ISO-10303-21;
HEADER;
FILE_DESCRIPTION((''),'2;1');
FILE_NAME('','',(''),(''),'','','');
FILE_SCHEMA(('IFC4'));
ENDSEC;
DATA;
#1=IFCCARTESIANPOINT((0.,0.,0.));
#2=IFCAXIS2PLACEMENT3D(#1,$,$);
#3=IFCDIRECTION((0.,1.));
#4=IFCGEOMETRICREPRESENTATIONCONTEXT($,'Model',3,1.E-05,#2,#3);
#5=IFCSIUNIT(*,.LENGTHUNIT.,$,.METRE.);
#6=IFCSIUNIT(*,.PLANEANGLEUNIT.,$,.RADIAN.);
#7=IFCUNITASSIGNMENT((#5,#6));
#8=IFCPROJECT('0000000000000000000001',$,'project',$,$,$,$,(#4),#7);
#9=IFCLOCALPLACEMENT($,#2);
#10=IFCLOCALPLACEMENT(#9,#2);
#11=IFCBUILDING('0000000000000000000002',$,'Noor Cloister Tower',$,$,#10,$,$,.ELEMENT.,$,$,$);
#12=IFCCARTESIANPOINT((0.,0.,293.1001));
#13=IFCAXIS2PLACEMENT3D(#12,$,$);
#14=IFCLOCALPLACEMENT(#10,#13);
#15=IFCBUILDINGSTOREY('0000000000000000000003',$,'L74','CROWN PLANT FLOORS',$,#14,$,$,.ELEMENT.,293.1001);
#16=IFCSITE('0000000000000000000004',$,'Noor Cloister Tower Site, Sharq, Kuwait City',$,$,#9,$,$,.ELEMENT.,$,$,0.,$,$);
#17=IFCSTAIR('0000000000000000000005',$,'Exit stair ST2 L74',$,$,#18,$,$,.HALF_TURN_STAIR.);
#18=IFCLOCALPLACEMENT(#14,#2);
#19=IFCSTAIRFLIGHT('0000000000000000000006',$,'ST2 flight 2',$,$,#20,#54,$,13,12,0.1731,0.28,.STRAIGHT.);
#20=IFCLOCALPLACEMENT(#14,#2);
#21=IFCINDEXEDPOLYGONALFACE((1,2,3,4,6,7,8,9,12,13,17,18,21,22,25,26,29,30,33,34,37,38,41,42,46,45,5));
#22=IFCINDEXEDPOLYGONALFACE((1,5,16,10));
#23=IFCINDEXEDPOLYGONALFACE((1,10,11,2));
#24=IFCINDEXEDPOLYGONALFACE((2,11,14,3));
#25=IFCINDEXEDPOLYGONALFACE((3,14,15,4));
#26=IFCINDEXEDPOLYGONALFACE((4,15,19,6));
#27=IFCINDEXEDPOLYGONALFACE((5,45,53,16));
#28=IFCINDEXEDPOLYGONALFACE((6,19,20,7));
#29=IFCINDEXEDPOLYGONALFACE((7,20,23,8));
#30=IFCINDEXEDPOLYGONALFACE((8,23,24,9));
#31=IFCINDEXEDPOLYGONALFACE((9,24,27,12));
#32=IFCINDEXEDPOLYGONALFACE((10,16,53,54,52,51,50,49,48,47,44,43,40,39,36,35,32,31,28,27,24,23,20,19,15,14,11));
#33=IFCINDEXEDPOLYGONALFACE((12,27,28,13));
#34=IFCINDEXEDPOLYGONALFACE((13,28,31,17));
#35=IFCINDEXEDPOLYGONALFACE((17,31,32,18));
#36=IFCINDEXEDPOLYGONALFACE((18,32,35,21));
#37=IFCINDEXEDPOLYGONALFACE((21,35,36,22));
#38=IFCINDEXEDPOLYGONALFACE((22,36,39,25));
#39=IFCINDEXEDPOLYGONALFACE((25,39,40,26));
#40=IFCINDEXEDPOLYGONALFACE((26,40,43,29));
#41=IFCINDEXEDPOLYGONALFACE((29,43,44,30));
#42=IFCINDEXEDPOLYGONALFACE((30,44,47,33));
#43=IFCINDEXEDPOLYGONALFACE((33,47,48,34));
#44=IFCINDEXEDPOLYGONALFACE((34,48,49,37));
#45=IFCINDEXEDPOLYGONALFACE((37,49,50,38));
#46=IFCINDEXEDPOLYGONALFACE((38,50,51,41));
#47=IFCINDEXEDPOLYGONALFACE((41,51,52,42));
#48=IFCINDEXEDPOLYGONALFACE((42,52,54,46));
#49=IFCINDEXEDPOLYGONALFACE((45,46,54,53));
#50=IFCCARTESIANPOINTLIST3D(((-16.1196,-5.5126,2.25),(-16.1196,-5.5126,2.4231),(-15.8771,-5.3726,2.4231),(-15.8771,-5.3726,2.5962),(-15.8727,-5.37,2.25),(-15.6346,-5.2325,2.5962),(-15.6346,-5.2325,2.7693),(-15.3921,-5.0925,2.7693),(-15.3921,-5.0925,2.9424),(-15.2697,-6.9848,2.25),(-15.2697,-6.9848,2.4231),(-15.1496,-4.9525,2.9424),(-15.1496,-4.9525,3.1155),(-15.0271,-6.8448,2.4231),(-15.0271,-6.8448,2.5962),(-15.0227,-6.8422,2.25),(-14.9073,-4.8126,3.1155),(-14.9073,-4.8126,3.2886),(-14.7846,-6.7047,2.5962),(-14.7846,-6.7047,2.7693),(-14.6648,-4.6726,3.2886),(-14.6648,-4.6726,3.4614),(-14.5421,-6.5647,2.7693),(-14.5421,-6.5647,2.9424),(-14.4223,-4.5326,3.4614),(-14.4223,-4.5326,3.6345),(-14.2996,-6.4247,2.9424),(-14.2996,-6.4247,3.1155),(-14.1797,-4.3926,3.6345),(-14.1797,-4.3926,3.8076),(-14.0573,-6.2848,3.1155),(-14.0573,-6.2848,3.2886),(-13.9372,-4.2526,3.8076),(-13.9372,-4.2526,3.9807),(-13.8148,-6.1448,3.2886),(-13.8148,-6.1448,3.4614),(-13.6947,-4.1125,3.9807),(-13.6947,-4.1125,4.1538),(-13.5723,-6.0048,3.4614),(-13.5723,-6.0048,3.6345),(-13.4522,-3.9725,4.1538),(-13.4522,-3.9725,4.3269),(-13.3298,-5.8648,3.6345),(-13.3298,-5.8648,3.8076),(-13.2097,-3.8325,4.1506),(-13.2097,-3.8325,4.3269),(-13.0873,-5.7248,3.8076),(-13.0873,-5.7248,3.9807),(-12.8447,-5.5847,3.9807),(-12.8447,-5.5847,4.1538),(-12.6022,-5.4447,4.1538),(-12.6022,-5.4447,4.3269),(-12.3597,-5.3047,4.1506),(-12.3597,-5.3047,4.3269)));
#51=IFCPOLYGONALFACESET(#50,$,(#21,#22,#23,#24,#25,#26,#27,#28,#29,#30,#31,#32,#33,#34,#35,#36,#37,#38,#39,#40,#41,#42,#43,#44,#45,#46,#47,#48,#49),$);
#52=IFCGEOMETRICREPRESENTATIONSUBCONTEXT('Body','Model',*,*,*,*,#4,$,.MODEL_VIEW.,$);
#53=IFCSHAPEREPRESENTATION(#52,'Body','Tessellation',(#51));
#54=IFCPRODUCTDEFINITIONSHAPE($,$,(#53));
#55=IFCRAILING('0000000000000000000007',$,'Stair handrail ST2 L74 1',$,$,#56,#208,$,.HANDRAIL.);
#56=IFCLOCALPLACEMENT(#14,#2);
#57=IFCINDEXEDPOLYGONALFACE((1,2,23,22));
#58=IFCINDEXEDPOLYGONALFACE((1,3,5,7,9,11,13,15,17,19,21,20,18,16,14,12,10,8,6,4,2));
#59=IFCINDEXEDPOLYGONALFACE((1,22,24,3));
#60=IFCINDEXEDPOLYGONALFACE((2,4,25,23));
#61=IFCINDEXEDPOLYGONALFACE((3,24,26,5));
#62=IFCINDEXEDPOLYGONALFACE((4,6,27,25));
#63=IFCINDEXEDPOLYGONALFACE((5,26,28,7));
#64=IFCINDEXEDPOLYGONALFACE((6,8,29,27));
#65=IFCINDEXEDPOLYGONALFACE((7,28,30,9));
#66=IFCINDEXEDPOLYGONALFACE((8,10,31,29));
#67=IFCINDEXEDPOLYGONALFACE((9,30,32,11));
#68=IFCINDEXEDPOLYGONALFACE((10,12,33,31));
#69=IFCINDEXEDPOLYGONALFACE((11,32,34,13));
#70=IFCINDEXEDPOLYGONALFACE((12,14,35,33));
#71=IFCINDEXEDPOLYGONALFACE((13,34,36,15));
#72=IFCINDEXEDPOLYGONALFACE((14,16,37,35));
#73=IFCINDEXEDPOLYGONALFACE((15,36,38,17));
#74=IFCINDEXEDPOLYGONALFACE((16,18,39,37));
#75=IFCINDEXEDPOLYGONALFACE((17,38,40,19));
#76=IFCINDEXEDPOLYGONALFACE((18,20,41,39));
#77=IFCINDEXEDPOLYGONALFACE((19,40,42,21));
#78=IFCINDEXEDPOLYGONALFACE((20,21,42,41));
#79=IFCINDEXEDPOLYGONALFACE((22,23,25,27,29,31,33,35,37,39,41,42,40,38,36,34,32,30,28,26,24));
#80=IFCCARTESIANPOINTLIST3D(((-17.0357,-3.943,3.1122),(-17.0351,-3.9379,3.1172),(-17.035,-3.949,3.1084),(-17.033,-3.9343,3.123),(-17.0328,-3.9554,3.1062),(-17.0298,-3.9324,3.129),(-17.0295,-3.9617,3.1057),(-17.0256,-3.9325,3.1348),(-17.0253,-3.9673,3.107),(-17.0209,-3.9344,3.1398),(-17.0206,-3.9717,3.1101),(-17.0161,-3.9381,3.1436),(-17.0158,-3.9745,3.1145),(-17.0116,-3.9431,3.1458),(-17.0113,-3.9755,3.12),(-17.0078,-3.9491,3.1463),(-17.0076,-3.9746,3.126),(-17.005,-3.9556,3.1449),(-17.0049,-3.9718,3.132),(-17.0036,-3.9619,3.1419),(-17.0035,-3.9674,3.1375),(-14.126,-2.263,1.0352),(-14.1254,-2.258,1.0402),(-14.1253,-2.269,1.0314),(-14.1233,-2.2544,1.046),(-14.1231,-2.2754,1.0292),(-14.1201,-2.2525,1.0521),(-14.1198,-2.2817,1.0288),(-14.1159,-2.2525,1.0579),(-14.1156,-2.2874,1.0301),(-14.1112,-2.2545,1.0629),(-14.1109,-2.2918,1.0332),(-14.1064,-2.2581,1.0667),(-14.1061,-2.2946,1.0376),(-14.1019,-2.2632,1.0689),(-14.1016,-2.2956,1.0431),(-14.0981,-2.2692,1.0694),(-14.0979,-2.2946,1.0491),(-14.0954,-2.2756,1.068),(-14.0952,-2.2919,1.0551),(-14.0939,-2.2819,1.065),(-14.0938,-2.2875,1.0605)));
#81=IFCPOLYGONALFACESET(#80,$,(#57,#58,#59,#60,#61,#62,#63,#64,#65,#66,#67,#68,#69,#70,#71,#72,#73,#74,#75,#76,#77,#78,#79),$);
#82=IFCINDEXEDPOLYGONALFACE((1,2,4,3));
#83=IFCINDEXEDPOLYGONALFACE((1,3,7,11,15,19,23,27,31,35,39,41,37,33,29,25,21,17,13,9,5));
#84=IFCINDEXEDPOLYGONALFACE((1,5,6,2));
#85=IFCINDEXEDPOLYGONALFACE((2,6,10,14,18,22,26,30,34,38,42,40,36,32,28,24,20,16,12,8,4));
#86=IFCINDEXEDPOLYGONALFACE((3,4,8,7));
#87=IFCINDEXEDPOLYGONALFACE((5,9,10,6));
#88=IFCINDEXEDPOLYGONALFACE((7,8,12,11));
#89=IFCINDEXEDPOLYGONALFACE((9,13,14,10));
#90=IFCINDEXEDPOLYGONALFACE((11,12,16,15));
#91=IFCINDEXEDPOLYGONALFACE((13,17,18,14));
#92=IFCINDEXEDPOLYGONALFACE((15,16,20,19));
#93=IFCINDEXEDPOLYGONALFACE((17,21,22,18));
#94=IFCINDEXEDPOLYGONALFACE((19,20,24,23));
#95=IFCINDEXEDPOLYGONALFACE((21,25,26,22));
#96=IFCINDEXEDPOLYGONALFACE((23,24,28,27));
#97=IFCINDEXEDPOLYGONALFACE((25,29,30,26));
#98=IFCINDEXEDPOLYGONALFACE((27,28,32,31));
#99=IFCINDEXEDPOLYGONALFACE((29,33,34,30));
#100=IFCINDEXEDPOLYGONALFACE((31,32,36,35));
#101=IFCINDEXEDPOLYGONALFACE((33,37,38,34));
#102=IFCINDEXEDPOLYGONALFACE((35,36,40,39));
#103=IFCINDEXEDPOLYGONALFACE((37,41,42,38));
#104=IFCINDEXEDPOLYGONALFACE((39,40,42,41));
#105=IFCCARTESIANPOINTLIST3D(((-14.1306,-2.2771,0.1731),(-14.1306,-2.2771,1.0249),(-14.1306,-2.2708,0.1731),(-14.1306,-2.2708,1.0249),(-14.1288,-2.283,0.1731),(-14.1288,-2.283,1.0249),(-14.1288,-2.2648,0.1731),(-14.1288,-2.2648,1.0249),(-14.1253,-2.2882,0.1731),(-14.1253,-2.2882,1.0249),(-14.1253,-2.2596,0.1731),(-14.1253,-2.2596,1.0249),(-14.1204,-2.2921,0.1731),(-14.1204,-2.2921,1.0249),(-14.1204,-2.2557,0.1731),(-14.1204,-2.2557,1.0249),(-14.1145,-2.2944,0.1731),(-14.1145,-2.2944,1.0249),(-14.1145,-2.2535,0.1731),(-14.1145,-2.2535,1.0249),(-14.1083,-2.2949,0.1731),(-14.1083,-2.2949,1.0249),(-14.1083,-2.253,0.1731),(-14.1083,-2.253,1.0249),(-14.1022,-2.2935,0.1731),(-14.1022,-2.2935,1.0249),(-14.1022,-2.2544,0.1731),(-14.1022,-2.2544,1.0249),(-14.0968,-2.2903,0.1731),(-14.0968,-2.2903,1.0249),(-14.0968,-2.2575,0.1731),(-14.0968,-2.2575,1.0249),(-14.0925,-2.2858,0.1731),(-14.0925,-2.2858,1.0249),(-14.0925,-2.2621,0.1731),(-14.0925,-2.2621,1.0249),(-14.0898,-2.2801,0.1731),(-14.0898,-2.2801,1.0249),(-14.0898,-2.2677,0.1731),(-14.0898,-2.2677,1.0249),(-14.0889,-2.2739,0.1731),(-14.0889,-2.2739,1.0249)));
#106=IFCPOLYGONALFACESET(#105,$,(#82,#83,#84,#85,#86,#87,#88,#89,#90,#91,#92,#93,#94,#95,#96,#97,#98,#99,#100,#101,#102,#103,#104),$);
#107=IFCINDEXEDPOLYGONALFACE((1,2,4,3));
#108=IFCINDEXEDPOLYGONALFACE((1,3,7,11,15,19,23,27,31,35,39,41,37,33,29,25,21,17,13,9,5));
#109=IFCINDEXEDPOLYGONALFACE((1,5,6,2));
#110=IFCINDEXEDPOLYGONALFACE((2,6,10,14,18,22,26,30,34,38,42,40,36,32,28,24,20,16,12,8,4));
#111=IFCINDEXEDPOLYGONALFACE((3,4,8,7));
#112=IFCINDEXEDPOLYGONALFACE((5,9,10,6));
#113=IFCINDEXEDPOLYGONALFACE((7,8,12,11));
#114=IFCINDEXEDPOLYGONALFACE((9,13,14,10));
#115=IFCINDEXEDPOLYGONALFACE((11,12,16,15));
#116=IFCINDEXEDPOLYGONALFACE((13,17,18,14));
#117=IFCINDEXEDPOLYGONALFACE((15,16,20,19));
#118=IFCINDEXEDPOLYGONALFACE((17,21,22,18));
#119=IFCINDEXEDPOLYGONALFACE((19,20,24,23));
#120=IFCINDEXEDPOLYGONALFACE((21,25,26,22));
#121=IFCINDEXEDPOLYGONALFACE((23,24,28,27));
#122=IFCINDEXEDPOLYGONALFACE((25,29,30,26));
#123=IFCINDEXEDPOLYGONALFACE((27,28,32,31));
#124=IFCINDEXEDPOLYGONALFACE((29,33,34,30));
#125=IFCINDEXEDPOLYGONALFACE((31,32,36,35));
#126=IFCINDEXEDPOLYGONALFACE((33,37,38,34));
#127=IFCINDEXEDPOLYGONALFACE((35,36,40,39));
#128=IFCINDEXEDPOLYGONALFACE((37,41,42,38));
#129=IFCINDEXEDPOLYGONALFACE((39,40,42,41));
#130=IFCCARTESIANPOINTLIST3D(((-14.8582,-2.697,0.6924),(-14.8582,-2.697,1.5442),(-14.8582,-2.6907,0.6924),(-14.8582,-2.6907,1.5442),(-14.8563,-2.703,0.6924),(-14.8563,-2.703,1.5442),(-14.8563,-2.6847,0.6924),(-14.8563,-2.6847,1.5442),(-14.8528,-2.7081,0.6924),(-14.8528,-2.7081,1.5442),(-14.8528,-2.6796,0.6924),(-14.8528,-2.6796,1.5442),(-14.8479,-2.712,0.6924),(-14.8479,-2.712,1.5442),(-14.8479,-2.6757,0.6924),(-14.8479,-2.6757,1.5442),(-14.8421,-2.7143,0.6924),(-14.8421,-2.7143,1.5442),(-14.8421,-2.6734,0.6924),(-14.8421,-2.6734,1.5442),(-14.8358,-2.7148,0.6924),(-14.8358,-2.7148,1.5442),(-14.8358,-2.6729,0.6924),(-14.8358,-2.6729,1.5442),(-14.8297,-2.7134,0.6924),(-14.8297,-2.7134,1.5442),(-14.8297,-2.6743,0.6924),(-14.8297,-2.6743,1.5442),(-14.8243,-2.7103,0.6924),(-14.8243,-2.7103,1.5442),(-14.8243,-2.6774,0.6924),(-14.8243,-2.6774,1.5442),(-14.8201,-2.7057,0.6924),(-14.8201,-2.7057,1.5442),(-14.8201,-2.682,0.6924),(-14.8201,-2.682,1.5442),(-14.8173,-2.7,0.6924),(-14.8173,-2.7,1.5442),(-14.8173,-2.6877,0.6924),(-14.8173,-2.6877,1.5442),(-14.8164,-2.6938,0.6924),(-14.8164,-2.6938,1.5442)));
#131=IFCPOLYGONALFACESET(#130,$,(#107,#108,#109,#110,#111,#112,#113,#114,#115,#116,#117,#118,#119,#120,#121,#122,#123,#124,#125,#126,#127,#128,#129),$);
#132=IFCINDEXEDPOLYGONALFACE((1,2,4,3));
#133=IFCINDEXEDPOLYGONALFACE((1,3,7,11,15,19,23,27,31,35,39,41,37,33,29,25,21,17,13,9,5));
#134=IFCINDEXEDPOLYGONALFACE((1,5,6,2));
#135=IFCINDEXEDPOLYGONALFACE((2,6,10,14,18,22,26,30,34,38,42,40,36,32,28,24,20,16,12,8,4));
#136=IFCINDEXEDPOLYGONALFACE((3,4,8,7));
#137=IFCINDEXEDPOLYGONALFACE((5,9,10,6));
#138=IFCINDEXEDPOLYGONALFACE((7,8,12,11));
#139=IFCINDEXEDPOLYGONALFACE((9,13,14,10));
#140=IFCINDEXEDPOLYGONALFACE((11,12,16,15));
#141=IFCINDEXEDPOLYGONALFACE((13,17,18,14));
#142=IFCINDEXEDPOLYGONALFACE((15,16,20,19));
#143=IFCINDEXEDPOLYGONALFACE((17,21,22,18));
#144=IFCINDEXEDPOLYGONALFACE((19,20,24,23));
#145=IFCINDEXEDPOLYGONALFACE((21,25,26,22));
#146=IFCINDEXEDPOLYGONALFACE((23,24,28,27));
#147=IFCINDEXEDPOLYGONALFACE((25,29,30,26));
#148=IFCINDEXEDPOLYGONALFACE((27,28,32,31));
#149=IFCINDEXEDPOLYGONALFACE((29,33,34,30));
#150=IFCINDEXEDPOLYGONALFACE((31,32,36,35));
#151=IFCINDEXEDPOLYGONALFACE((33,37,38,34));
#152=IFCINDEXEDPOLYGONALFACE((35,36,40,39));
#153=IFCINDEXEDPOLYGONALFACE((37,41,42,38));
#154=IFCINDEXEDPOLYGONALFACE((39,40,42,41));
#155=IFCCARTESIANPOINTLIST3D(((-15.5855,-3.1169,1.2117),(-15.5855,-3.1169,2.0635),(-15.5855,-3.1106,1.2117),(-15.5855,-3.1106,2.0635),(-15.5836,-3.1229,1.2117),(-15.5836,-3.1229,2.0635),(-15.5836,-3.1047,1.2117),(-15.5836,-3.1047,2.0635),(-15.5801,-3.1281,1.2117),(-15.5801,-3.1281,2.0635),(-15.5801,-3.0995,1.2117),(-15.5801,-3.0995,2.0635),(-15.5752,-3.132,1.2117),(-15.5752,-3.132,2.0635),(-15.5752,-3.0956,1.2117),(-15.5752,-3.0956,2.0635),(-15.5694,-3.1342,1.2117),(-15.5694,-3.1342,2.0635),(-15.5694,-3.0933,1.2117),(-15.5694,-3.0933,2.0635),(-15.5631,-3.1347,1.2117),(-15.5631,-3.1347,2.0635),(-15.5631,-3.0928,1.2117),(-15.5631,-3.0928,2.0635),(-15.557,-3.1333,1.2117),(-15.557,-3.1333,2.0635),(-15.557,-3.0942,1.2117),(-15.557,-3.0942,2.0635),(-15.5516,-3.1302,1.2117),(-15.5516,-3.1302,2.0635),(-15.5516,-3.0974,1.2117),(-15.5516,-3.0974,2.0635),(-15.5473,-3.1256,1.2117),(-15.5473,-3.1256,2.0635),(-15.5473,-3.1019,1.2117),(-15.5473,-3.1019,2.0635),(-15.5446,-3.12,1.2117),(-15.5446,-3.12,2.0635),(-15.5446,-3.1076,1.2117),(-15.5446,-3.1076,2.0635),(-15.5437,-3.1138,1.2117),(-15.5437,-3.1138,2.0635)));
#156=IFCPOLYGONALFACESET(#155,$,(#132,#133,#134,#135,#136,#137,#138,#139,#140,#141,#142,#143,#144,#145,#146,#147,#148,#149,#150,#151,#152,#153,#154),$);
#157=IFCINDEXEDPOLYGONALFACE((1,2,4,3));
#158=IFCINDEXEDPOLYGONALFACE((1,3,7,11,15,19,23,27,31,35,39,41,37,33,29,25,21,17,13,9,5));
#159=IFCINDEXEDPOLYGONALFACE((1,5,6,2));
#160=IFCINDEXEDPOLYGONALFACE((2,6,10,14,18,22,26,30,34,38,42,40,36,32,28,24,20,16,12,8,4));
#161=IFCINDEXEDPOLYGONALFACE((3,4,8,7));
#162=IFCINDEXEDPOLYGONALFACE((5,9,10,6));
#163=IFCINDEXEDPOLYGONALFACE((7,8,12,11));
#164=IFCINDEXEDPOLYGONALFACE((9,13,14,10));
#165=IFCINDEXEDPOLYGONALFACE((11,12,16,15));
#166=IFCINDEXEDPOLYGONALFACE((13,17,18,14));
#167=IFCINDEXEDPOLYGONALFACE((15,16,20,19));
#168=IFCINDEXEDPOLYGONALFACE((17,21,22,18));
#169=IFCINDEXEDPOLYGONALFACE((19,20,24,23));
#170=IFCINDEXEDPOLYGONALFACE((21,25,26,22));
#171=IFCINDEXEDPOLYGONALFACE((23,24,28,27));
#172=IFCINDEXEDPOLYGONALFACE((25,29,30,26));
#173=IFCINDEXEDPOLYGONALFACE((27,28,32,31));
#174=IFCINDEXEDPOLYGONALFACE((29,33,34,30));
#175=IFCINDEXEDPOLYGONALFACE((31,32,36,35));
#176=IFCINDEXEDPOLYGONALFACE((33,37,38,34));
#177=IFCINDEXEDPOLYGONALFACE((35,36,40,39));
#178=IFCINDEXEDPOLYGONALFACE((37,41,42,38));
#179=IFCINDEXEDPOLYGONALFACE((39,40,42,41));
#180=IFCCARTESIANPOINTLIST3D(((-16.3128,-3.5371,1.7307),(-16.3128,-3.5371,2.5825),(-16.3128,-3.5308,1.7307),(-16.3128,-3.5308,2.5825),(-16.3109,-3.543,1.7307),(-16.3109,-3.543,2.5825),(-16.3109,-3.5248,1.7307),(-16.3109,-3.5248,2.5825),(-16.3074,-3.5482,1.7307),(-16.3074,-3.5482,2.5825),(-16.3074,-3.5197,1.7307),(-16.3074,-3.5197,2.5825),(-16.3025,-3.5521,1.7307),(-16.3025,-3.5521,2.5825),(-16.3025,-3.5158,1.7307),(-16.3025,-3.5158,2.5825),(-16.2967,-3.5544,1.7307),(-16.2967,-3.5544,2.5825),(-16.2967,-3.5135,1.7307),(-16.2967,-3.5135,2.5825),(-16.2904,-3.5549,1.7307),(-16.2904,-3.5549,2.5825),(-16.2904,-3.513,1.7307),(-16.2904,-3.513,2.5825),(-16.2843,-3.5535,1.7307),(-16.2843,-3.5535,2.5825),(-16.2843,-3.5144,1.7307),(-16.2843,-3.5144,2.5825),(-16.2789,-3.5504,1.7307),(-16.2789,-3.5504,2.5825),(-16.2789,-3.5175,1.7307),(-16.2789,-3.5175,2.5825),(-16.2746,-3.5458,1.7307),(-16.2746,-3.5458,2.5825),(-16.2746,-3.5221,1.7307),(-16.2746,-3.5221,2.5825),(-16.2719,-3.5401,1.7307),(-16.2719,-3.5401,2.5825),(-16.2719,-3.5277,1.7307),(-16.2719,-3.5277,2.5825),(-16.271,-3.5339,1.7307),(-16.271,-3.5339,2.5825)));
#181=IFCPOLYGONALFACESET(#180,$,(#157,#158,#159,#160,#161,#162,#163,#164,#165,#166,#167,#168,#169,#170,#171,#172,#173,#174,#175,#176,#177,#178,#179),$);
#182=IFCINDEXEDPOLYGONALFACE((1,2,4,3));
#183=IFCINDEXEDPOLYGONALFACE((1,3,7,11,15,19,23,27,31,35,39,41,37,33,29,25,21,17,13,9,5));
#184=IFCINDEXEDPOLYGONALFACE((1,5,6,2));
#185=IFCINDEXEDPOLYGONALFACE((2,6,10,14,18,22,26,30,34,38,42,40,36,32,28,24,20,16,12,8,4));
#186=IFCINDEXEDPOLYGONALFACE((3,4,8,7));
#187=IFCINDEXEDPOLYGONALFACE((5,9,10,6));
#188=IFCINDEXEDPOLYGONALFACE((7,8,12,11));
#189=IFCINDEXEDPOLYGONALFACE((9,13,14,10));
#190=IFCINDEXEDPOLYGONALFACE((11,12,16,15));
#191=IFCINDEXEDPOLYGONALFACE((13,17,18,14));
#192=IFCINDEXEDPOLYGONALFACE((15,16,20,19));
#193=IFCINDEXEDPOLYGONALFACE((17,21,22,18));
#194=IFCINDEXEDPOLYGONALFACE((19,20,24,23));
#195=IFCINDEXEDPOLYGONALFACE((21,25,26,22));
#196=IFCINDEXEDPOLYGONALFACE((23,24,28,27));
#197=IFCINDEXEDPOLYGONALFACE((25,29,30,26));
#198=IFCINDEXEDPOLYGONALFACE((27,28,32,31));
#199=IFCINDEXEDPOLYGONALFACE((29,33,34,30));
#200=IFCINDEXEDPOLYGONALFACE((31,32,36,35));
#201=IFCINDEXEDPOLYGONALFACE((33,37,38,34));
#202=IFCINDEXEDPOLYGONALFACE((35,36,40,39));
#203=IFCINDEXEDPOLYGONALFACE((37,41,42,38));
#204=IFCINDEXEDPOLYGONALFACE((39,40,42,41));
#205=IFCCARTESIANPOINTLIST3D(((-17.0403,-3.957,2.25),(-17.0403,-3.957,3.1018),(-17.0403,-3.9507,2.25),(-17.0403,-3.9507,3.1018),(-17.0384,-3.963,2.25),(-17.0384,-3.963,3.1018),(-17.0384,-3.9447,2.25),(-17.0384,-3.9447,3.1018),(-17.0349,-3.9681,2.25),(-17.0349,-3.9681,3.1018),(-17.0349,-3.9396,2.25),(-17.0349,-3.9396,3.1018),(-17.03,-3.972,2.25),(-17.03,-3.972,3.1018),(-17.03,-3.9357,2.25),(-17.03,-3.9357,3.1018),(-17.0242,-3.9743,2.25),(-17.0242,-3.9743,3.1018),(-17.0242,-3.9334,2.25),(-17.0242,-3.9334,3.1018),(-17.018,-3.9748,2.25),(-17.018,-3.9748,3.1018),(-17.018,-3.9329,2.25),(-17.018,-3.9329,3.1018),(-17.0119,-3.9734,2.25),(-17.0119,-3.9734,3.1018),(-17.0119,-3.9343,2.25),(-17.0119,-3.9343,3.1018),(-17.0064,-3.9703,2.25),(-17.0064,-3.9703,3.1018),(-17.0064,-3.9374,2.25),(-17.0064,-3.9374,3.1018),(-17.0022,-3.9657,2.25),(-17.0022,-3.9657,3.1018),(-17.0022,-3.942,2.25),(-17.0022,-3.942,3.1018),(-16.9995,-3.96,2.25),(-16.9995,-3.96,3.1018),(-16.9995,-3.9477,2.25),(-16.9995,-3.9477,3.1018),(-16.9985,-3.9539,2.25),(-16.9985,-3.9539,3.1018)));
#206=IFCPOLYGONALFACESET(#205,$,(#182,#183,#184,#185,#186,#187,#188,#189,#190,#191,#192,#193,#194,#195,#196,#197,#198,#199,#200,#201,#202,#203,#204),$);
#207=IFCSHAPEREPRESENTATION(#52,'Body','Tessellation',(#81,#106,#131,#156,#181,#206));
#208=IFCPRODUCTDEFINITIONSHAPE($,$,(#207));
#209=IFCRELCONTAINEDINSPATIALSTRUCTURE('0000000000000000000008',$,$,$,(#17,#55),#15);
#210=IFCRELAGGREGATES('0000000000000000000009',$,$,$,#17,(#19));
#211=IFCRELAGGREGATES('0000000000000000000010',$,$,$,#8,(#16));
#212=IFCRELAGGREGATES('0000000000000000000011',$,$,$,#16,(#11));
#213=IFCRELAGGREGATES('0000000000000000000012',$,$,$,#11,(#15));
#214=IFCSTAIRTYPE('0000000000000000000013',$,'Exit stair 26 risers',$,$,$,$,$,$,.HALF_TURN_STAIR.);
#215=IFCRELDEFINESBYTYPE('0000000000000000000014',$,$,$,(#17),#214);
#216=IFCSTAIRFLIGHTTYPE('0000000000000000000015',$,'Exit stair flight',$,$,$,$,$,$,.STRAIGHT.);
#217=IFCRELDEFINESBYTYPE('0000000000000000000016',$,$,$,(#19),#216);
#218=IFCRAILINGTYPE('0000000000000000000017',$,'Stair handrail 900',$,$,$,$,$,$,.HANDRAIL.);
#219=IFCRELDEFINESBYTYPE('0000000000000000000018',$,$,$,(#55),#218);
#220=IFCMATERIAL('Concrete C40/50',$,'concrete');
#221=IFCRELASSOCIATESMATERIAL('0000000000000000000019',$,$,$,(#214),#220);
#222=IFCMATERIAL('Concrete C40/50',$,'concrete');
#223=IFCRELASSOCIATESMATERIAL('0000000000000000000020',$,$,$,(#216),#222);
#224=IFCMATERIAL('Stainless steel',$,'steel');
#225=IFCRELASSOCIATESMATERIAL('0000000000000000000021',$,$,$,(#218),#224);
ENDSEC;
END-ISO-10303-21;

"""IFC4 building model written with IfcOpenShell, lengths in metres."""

from ifc_helpers import new_model, si_unit, direction, frame, origin, origin_2d, place, context, subcontext, project, spatial, polyline, circle, outline, extrude, material, type_object, element, aggregate, save


model = new_model("IFC4")

# Units and contexts
model_context = context("Model", 3, precision=1e-05, world=origin(), true_north=direction((0.0, 1.0)))
body_context = subcontext(model_context, "Body", "Model", "MODEL_VIEW")
ifc_project = project(units=[si_unit("LENGTHUNIT", "METRE"), si_unit("PLANEANGLEUNIT", "RADIAN")], contexts=[model_context])

# Site, building, storey
site_placement = place(None, origin())
site = spatial("IfcSite", under=ifc_project, at=site_placement, Name="Noor Cloister Tower Site, Sharq, Kuwait City", CompositionType="ELEMENT", RefElevation=0.0)
building_placement = place(site_placement, origin())
building = spatial("IfcBuilding", under=site, at=building_placement, Name="Noor Cloister Tower", CompositionType="ELEMENT")
storey_placement = place(building_placement, frame((0.0, 0.0, 293.1001)))
storey = spatial("IfcBuildingStorey", under=building, at=storey_placement, Name="L74", Description="CROWN PLANT FLOORS", CompositionType="ELEMENT", Elevation=293.1001)

# Stair, stair flight
ifc_material_1 = material(Name="Concrete C40/50", Category="concrete")
stair_type = type_object("IfcStairType", Name="Exit stair 26 risers", PredefinedType="HALF_TURN_STAIR", material=ifc_material_1)
stair_placement = place(storey_placement, origin())
stair = element("IfcStair", 1, at=stair_placement, inside=storey, type_object=stair_type, Name="Exit stair ST2 L74", PredefinedType="HALF_TURN_STAIR")
ifc_material_2 = material(Name="Concrete C40/50", Category="concrete")
stair_flight_type = type_object("IfcStairFlightType", Name="Exit stair flight", PredefinedType="STRAIGHT", material=ifc_material_2)
stair_flight_1_placement = place(storey_placement, frame((-15.6946, -6.2488, 2.25), z_axis=(0.0, 0.0, 1.0), x_axis=(0.866025, 0.5, 0.0)))
stair_flight_1 = element("IfcStairFlight", 2, at=stair_flight_1_placement, type_object=stair_flight_type, Name="ST2 flight 2", NumberOfRisers=13, NumberOfTreads=12, PredefinedType="STRAIGHT", RiserHeight=0.1731, TreadLength=0.28, context=body_context, shape_type="SweptSolid", body=[
    extrude(outline(polyline([(0.0, 0.0), (0.0, 0.1731), (0.28, 0.1731), (0.28, 0.3462), (0.5601, 0.3462), (0.5601, 0.5193), (0.8401, 0.5193), (0.8401, 0.6924), (1.1201, 0.6924), (1.1201, 0.8655), (1.3999, 0.8655), (1.3999, 1.0386), (1.6799, 1.0386), (1.6799, 1.2114), (1.96, 1.2114), (1.96, 1.3845), (2.24, 1.3845), (2.24, 1.5576), (2.52, 1.5576), (2.52, 1.7307), (2.8, 1.7307), (2.8, 1.9038), (3.0801, 1.9038), (3.0801, 2.0769), (3.3601, 2.0769), (3.3601, 2.25), (3.3601, 1.9006), (0.2852, 0.0), (0.0, 0.0)])), frame((0.0, 0.8501, 0.0), z_axis=(0.0, -1.0, 0.0), x_axis=(1.0, 0.0, 0.0)), (0.0, 0.0, 1.0), 1.7),
])
aggregate(stair, [stair_flight_1])

# Railing
ifc_material_3 = material(Name="Stainless steel", Category="steel")
railing_type_1 = type_object("IfcRailingType", Name="Stair handrail 900", PredefinedType="HANDRAIL", material=ifc_material_3)
railing_1_placement = place(storey_placement, frame((-14.1099, -2.2739, 0.1731)))
element("IfcRailing", 3, at=railing_1_placement, inside=storey, type_object=railing_type_1, Name="Stair handrail ST2 L74 1", PredefinedType="HANDRAIL", context=body_context, shape_type="SweptSolid", body=[
    extrude(circle(Radius=0.0239, at=origin_2d()), frame((0.0, 0.0, 0.876), z_axis=(-0.73664, -0.425308, 0.525809), x_axis=(0.500008, -0.866021, 0.0)), (0.0, 0.0, 1.0), 3.95),
    extrude(circle(Radius=0.021, at=origin_2d()), origin(), (0.0, 0.0, 1.0), 0.8518),
    extrude(circle(Radius=0.021, at=origin_2d()), frame((-0.7275, -0.4199, 0.5193)), (0.0, 0.0, 1.0), 0.8518),
    extrude(circle(Radius=0.021, at=origin_2d()), frame((-1.4548, -0.8398, 1.0386)), (0.0, 0.0, 1.0), 0.8518),
    extrude(circle(Radius=0.021, at=origin_2d()), frame((-2.1821, -1.26, 1.5576)), (0.0, 0.0, 1.0), 0.8518),
    extrude(circle(Radius=0.021, at=origin_2d()), frame((-2.9097, -1.6799, 2.0769)), (0.0, 0.0, 1.0), 0.8518),
])

save(model, "model.ifc")
